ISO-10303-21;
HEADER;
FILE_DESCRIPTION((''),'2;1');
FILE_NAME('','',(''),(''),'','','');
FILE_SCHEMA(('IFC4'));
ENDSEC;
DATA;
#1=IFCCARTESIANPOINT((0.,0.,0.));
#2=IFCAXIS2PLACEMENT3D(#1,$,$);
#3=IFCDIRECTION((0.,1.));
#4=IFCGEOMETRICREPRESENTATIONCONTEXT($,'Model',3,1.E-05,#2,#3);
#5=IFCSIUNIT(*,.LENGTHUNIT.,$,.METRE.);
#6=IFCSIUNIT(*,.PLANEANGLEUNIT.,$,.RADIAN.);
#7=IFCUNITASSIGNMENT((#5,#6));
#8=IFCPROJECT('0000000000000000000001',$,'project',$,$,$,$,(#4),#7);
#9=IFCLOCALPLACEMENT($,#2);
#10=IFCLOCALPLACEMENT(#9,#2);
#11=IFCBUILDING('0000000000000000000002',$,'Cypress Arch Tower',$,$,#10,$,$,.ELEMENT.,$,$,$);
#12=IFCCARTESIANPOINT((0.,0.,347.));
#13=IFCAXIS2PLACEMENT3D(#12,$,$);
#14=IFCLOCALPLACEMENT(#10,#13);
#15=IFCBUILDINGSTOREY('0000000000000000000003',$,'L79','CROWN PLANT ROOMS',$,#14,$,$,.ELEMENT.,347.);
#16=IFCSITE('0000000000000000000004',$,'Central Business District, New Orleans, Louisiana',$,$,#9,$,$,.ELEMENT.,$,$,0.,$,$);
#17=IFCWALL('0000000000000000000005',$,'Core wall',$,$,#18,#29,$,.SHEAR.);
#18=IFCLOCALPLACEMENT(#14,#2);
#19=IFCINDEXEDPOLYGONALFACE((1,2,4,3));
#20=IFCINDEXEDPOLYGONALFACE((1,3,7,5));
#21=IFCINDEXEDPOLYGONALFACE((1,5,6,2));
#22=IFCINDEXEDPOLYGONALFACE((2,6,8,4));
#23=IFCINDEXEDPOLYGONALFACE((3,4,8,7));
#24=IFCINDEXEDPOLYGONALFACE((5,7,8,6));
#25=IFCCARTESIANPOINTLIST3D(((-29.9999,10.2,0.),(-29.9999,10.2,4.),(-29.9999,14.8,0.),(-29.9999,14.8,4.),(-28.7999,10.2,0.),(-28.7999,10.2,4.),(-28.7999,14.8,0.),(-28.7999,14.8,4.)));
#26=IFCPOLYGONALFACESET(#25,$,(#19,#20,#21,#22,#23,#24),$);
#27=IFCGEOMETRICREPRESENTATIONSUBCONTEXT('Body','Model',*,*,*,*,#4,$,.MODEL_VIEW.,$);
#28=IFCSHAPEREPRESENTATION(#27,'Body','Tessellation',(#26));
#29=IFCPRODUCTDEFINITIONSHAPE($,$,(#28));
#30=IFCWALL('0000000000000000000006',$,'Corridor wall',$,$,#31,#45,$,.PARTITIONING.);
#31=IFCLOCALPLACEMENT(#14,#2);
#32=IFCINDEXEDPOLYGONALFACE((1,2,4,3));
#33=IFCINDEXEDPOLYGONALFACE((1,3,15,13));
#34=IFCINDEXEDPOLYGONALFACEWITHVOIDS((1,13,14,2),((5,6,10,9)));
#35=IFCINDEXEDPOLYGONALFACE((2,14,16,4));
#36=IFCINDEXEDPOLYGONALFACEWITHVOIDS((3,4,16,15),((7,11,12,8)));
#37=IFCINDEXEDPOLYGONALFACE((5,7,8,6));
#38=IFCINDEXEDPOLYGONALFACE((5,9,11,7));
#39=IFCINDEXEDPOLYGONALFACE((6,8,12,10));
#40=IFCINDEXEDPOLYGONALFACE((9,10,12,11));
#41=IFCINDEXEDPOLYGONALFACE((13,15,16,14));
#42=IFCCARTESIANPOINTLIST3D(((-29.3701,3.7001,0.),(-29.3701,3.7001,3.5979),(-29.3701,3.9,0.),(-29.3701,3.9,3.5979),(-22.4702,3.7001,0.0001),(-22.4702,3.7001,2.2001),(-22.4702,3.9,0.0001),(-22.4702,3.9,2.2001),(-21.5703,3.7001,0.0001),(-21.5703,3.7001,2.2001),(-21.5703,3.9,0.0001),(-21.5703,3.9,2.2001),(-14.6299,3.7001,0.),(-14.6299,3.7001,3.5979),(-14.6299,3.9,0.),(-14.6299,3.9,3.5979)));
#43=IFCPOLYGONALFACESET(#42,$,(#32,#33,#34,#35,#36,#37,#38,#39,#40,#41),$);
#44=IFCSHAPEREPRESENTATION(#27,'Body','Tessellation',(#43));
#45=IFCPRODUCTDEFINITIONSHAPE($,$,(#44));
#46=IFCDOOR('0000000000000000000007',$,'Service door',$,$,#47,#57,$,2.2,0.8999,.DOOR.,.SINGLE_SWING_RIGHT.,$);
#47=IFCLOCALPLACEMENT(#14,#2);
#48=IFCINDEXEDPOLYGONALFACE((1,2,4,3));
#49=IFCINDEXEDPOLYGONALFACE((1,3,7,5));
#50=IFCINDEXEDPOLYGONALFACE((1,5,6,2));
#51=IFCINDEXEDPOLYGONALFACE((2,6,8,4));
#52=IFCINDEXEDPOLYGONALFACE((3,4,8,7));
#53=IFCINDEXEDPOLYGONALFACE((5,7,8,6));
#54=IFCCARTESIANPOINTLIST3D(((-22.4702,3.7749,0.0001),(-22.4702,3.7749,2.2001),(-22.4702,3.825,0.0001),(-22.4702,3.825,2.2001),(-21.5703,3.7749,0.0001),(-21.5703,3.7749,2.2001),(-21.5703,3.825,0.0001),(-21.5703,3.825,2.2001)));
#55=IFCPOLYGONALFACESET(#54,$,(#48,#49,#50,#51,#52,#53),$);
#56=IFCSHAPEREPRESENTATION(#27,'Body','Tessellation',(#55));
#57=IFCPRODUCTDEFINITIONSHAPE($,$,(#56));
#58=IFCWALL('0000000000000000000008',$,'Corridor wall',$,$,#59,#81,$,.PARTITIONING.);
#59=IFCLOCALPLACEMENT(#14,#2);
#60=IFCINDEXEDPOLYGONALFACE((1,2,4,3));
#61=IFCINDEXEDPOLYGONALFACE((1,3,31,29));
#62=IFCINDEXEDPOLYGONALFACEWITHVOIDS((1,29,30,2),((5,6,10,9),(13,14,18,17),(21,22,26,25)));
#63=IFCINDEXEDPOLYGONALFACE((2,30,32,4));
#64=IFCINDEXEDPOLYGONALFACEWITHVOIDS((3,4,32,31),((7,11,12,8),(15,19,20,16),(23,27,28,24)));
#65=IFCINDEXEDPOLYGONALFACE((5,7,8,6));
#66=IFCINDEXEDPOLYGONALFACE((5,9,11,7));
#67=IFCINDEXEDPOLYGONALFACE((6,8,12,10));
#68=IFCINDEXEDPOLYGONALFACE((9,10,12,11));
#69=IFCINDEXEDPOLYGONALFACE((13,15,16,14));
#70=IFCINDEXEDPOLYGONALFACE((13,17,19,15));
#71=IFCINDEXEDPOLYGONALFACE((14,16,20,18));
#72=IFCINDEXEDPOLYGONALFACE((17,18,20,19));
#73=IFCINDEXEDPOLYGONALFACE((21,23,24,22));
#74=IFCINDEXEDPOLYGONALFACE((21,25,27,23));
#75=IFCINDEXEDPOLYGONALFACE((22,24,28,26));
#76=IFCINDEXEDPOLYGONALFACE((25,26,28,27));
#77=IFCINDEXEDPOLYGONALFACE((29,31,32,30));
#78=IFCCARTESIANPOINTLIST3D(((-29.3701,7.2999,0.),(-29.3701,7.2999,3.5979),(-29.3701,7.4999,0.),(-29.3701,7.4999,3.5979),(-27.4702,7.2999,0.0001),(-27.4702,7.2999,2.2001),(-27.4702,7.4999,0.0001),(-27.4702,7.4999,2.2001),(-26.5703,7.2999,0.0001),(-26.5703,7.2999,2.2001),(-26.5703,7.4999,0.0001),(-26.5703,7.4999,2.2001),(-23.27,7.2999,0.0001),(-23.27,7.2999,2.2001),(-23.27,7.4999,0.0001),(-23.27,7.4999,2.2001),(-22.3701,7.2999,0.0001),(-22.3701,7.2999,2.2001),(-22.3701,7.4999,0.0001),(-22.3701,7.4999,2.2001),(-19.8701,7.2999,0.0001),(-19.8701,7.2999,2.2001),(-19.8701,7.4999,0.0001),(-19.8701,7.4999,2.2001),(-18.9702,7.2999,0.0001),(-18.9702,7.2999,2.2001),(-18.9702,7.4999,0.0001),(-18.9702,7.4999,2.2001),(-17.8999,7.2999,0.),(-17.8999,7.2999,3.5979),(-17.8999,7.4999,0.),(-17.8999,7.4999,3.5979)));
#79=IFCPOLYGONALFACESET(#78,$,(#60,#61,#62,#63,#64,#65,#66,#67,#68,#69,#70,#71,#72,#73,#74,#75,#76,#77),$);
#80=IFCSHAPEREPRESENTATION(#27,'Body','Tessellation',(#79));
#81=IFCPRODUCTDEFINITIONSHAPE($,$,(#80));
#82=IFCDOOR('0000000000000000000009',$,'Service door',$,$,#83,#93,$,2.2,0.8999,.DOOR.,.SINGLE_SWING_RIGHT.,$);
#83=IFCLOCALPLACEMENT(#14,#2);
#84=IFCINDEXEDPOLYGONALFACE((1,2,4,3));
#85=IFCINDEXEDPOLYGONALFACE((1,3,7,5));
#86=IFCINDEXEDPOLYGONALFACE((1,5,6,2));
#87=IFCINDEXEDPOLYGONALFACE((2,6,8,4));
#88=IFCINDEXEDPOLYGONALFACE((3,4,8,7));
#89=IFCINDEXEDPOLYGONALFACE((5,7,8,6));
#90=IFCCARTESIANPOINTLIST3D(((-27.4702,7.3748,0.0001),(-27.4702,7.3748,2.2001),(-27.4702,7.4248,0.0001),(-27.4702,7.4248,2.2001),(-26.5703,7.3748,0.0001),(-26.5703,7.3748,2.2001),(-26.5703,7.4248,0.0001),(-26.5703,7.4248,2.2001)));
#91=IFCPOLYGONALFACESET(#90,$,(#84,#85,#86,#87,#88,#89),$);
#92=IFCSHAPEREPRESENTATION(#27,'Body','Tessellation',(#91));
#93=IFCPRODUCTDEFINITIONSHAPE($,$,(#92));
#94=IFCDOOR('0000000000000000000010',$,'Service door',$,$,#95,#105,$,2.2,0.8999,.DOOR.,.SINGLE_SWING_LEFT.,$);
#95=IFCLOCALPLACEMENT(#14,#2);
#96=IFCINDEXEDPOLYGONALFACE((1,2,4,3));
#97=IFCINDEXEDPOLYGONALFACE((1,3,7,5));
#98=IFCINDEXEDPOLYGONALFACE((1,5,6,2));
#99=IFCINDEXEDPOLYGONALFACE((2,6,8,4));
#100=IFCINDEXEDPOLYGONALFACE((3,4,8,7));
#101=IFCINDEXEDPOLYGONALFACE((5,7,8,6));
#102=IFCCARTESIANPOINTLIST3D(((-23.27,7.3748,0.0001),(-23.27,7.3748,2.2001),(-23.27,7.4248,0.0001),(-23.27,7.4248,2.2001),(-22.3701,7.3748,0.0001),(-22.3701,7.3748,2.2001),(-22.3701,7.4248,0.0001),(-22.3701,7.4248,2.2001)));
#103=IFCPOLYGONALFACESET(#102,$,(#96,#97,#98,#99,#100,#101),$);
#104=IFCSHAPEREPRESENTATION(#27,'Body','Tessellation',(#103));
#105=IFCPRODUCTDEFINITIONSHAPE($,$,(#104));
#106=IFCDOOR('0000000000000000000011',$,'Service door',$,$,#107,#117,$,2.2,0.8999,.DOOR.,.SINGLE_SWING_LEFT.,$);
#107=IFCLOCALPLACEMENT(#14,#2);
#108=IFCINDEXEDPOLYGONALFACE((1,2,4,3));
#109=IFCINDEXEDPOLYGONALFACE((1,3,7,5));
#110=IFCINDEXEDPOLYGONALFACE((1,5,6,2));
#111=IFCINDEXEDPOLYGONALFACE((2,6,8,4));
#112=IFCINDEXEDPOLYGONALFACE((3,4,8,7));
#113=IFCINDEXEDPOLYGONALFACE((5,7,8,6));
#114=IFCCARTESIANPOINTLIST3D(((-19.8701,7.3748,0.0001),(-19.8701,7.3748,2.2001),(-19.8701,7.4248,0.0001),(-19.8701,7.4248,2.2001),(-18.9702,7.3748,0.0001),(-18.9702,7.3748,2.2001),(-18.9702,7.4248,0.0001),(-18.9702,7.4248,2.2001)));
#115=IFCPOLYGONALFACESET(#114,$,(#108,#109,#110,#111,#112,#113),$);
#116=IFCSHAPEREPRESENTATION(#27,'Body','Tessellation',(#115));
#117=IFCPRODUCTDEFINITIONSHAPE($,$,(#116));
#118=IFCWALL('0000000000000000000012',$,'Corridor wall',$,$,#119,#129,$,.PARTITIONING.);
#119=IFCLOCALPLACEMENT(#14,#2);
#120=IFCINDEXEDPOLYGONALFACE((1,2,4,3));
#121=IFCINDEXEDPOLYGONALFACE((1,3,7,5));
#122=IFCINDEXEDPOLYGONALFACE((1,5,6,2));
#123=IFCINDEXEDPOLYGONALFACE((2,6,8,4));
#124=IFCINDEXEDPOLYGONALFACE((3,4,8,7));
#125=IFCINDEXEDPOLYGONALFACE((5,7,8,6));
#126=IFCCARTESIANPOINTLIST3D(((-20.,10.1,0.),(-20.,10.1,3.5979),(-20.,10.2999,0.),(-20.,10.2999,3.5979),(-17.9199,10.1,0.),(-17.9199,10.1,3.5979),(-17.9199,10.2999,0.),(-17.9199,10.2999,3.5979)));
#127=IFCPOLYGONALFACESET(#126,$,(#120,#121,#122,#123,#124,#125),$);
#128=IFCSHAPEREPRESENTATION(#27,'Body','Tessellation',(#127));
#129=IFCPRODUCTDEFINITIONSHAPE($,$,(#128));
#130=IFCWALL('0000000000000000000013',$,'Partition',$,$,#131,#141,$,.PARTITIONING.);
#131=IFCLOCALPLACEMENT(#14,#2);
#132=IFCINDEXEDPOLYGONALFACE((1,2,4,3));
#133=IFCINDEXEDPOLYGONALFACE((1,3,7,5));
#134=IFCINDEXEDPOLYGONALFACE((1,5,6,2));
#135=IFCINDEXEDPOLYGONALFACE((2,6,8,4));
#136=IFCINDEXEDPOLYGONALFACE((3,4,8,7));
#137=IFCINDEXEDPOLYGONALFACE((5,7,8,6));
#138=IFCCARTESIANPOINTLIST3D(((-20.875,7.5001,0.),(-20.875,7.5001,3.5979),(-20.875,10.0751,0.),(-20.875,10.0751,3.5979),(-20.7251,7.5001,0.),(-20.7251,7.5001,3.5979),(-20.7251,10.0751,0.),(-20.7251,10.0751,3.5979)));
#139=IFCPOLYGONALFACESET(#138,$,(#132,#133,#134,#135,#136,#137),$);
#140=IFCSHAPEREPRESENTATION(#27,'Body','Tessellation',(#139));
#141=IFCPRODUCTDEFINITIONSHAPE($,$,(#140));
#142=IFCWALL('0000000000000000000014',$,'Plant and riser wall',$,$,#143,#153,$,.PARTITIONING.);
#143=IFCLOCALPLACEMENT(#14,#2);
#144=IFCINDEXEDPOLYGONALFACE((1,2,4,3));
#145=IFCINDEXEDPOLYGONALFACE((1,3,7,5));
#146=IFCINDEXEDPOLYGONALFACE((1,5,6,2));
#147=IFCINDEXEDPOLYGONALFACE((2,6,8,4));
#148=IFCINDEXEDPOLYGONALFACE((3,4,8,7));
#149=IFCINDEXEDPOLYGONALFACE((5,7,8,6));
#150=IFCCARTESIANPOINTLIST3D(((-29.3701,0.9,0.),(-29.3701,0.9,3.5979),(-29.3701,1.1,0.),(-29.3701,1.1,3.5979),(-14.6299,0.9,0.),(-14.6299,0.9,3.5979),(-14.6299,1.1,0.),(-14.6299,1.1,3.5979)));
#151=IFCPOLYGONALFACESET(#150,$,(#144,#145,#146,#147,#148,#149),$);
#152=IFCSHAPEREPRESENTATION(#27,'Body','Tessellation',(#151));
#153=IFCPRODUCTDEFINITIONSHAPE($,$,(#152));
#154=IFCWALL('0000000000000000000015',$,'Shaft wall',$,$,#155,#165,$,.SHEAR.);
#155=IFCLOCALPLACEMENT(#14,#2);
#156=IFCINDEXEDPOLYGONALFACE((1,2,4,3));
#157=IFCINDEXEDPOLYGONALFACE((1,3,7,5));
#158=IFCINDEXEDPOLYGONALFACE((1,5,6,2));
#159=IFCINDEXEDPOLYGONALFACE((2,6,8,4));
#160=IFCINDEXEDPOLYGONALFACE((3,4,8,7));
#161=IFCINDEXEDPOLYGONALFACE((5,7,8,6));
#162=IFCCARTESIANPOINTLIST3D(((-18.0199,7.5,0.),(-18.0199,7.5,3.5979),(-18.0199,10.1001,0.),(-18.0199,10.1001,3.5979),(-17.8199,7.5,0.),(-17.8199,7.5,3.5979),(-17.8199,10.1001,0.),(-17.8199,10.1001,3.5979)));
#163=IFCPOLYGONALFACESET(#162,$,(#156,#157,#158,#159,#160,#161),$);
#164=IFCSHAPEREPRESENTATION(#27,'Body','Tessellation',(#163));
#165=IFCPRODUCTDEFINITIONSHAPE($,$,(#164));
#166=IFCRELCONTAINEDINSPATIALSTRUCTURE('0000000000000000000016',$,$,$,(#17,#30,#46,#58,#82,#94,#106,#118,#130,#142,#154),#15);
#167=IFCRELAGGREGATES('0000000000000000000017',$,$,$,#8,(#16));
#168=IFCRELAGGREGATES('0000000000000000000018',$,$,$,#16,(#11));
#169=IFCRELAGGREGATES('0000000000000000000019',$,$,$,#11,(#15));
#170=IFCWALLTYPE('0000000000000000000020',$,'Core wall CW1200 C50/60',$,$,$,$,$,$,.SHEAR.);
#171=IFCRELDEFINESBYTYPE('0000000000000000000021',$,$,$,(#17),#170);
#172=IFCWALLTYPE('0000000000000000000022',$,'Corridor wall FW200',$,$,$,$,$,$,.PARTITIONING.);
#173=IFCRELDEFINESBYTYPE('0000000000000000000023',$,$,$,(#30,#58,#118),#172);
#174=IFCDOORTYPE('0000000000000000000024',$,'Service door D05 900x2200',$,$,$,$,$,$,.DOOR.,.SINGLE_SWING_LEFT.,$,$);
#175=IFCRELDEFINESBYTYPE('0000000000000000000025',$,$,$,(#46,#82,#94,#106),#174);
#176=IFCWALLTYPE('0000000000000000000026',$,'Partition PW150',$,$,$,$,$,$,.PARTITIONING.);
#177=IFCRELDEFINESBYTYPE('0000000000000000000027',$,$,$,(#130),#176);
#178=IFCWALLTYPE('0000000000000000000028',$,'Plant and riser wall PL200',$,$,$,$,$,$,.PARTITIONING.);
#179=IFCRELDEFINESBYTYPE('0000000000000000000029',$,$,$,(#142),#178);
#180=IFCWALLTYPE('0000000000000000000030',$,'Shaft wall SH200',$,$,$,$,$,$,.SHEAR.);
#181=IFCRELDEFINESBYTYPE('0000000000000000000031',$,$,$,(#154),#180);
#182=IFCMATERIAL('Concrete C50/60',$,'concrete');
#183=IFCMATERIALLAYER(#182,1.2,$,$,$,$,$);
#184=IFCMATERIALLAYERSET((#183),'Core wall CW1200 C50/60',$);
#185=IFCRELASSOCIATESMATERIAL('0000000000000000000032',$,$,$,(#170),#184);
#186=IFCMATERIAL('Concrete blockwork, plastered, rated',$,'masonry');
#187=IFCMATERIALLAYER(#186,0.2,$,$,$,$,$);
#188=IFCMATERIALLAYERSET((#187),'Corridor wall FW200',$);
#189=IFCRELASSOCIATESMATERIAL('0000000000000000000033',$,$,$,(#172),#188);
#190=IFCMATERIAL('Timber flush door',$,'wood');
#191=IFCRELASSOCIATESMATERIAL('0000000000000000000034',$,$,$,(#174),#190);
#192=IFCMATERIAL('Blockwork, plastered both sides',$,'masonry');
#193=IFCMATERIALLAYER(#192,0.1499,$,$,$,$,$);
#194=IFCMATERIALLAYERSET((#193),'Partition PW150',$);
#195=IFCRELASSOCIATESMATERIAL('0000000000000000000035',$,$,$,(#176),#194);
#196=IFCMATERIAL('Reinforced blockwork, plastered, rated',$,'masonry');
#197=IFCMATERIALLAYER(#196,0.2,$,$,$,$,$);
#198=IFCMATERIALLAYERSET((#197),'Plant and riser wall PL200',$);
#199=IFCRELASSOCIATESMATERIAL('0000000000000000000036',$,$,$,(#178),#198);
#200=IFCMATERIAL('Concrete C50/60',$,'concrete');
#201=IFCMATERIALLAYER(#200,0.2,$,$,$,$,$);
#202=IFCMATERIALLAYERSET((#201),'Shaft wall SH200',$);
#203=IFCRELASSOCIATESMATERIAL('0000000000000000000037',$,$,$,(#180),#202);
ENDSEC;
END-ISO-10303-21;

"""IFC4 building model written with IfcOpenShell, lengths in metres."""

from ifc_helpers import new_model, si_unit, direction, frame, frame_2d, origin, place, context, subcontext, project, spatial, rectangle, extrude, material, layer, layer_set, type_object, element, fill, save


model = new_model("IFC4")

# Units and contexts
model_context = context("Model", 3, precision=1e-05, world=origin(), true_north=direction((0.0, 1.0)))
body_context = subcontext(model_context, "Body", "Model", "MODEL_VIEW")
ifc_project = project(units=[si_unit("LENGTHUNIT", "METRE"), si_unit("PLANEANGLEUNIT", "RADIAN")], contexts=[model_context])

# Site, building, storey
site_placement = place(None, origin())
site = spatial("IfcSite", under=ifc_project, at=site_placement, Name="Central Business District, New Orleans, Louisiana", CompositionType="ELEMENT", RefElevation=0.0)
building_placement = place(site_placement, origin())
building = spatial("IfcBuilding", under=site, at=building_placement, Name="Cypress Arch Tower", CompositionType="ELEMENT")
storey_placement = place(building_placement, frame((0.0, 0.0, 347.0)))
storey = spatial("IfcBuildingStorey", under=building, at=storey_placement, Name="L79", Description="CROWN PLANT ROOMS", CompositionType="ELEMENT", Elevation=347.0)

# Wall
ifc_material_1 = material(Name="Concrete C50/60", Category="concrete")
ifc_layer_1 = layer(ifc_material_1, 1.2)
ifc_layer_set_1 = layer_set([ifc_layer_1], Name="Core wall CW1200 C50/60")
wall_type_1 = type_object("IfcWallType", Name="Core wall CW1200 C50/60", PredefinedType="SHEAR", material=ifc_layer_set_1)
wall_1_placement = place(storey_placement, frame((-29.3999, 10.2, 0.0), z_axis=(0.0, 0.0, 1.0), x_axis=(0.0, 1.0, 0.0)))
element("IfcWall", 1, at=wall_1_placement, inside=storey, type_object=wall_type_1, Name="Core wall", PredefinedType="SHEAR", context=body_context, shape_type="SweptSolid", body=[
    extrude(rectangle(XDim=4.6001, YDim=1.2, at=frame_2d((2.3, 0.0))), origin(), (0.0, 0.0, 1.0), 4.0),
])

# Wall, opening, door
ifc_material_2 = material(Name="Concrete blockwork, plastered, rated", Category="masonry")
ifc_layer_2 = layer(ifc_material_2, 0.2)
ifc_layer_set_2 = layer_set([ifc_layer_2], Name="Corridor wall FW200")
wall_type_2 = type_object("IfcWallType", Name="Corridor wall FW200", PredefinedType="PARTITIONING", material=ifc_layer_set_2)
wall_2_placement = place(storey_placement, frame((-29.3701, 3.8, 0.0), z_axis=(0.0, 0.0, 1.0), x_axis=(1.0, 0.0, 0.0)))
wall_2 = element("IfcWall", 2, at=wall_2_placement, inside=storey, type_object=wall_type_2, Name="Corridor wall", PredefinedType="PARTITIONING", context=body_context, shape_type="SweptSolid", body=[
    extrude(rectangle(XDim=14.7402, YDim=0.2, at=frame_2d((7.3701, 0.0))), origin(), (0.0, 0.0, 1.0), 3.5979),
])
opening_1_placement = place(wall_2_placement, frame((6.8999, 0.0, 0.0)))
opening_1 = element("IfcOpeningElement", 3, at=opening_1_placement, cuts=wall_2, PredefinedType="OPENING", context=body_context, shape_type="SweptSolid", body=[
    extrude(rectangle(XDim=0.8999, YDim=2.2, at=frame_2d((0.45, 1.1001))), frame((0.0, 0.1099, 0.0), z_axis=(0.0, -1.0, 0.0), x_axis=(1.0, 0.0, 0.0)), (0.0, 0.0, 1.0), 0.22),
])
ifc_material_3 = material(Name="Timber flush door", Category="wood")
door_type_1 = type_object("IfcDoorType", Name="Service door D05 900x2200", OperationType="SINGLE_SWING_LEFT", PredefinedType="DOOR", material=ifc_material_3)
door_1_placement = place(opening_1_placement, origin())
door_1 = element("IfcDoor", 4, at=door_1_placement, inside=storey, type_object=door_type_1, Name="Service door", OperationType="SINGLE_SWING_RIGHT", OverallHeight=2.2, OverallWidth=0.8999, PredefinedType="DOOR", context=body_context, shape_type="SweptSolid", body=[
    extrude(rectangle(XDim=0.8999, YDim=2.2, at=frame_2d((0.45, 1.1001))), frame((0.0, 0.0249, 0.0), z_axis=(0.0, -1.0, 0.0), x_axis=(1.0, 0.0, 0.0)), (0.0, 0.0, 1.0), 0.05),
])
fill(opening_1, door_1)

# Wall, openings, doors
wall_3_placement = place(storey_placement, frame((-29.3701, 7.3999, 0.0), z_axis=(0.0, 0.0, 1.0), x_axis=(1.0, 0.0, 0.0)))
wall_3 = element("IfcWall", 5, at=wall_3_placement, inside=storey, type_object=wall_type_2, Name="Corridor wall", PredefinedType="PARTITIONING", context=body_context, shape_type="SweptSolid", body=[
    extrude(rectangle(XDim=11.4702, YDim=0.2, at=frame_2d((5.7351, 0.0))), origin(), (0.0, 0.0, 1.0), 3.5979),
])
opening_2_placement = place(wall_3_placement, frame((1.8999, 0.0, 0.0)))
opening_2 = element("IfcOpeningElement", 6, at=opening_2_placement, cuts=wall_3, PredefinedType="OPENING", context=body_context, shape_type="SweptSolid", body=[
    extrude(rectangle(XDim=0.8999, YDim=2.2, at=frame_2d((0.45, 1.1001))), frame((0.0, 0.1099, 0.0), z_axis=(0.0, -1.0, 0.0), x_axis=(1.0, 0.0, 0.0)), (0.0, 0.0, 1.0), 0.22),
])
opening_3_placement = place(wall_3_placement, frame((6.1001, 0.0, 0.0)))
opening_3 = element("IfcOpeningElement", 7, at=opening_3_placement, cuts=wall_3, PredefinedType="OPENING", context=body_context, shape_type="SweptSolid", body=[
    extrude(rectangle(XDim=0.8999, YDim=2.2, at=frame_2d((0.45, 1.1001))), frame((0.0, 0.1099, 0.0), z_axis=(0.0, -1.0, 0.0), x_axis=(1.0, 0.0, 0.0)), (0.0, 0.0, 1.0), 0.22),
])
opening_4_placement = place(wall_3_placement, frame((9.5, 0.0, 0.0)))
opening_4 = element("IfcOpeningElement", 8, at=opening_4_placement, cuts=wall_3, PredefinedType="OPENING", context=body_context, shape_type="SweptSolid", body=[
    extrude(rectangle(XDim=0.8999, YDim=2.2, at=frame_2d((0.45, 1.1001))), frame((0.0, 0.1099, 0.0), z_axis=(0.0, -1.0, 0.0), x_axis=(1.0, 0.0, 0.0)), (0.0, 0.0, 1.0), 0.22),
])
door_2_placement = place(opening_2_placement, origin())
door_2 = element("IfcDoor", 9, at=door_2_placement, inside=storey, type_object=door_type_1, Name="Service door", OperationType="SINGLE_SWING_RIGHT", OverallHeight=2.2, OverallWidth=0.8999, PredefinedType="DOOR", context=body_context, shape_type="SweptSolid", body=[
    extrude(rectangle(XDim=0.8999, YDim=2.2, at=frame_2d((0.45, 1.1001))), frame((0.0, 0.0249, 0.0), z_axis=(0.0, -1.0, 0.0), x_axis=(1.0, 0.0, 0.0)), (0.0, 0.0, 1.0), 0.05),
])
fill(opening_2, door_2)
door_3_placement = place(opening_3_placement, origin())
door_3 = element("IfcDoor", 10, at=door_3_placement, inside=storey, type_object=door_type_1, Name="Service door", OperationType="SINGLE_SWING_LEFT", OverallHeight=2.2, OverallWidth=0.8999, PredefinedType="DOOR", context=body_context, shape_type="SweptSolid", body=[
    extrude(rectangle(XDim=0.8999, YDim=2.2, at=frame_2d((0.45, 1.1001))), frame((0.0, 0.0249, 0.0), z_axis=(0.0, -1.0, 0.0), x_axis=(1.0, 0.0, 0.0)), (0.0, 0.0, 1.0), 0.05),
])
fill(opening_3, door_3)
door_4_placement = place(opening_4_placement, origin())
door_4 = element("IfcDoor", 11, at=door_4_placement, inside=storey, type_object=door_type_1, Name="Service door", OperationType="SINGLE_SWING_LEFT", OverallHeight=2.2, OverallWidth=0.8999, PredefinedType="DOOR", context=body_context, shape_type="SweptSolid", body=[
    extrude(rectangle(XDim=0.8999, YDim=2.2, at=frame_2d((0.45, 1.1001))), frame((0.0, 0.0249, 0.0), z_axis=(0.0, -1.0, 0.0), x_axis=(1.0, 0.0, 0.0)), (0.0, 0.0, 1.0), 0.05),
])
fill(opening_4, door_4)

# Walls
wall_4_placement = place(storey_placement, frame((-20.0, 10.2, 0.0), z_axis=(0.0, 0.0, 1.0), x_axis=(1.0, 0.0, 0.0)))
element("IfcWall", 12, at=wall_4_placement, inside=storey, type_object=wall_type_2, Name="Corridor wall", PredefinedType="PARTITIONING", context=body_context, shape_type="SweptSolid", body=[
    extrude(rectangle(XDim=2.0801, YDim=0.2, at=frame_2d((1.04, 0.0))), origin(), (0.0, 0.0, 1.0), 3.5979),
])
ifc_material_4 = material(Name="Blockwork, plastered both sides", Category="masonry")
ifc_layer_3 = layer(ifc_material_4, 0.1499)
ifc_layer_set_3 = layer_set([ifc_layer_3], Name="Partition PW150")
wall_type_3 = type_object("IfcWallType", Name="Partition PW150", PredefinedType="PARTITIONING", material=ifc_layer_set_3)
wall_5_placement = place(storey_placement, frame((-20.8, 7.5, 0.0), z_axis=(0.0, 0.0, 1.0), x_axis=(0.0, 1.0, 0.0)))
element("IfcWall", 13, at=wall_5_placement, inside=storey, type_object=wall_type_3, Name="Partition", PredefinedType="PARTITIONING", context=body_context, shape_type="SweptSolid", body=[
    extrude(rectangle(XDim=2.575, YDim=0.1499, at=frame_2d((1.2876, 0.0))), origin(), (0.0, 0.0, 1.0), 3.5979),
])
ifc_material_5 = material(Name="Reinforced blockwork, plastered, rated", Category="masonry")
ifc_layer_4 = layer(ifc_material_5, 0.2)
ifc_layer_set_4 = layer_set([ifc_layer_4], Name="Plant and riser wall PL200")
wall_type_4 = type_object("IfcWallType", Name="Plant and riser wall PL200", PredefinedType="PARTITIONING", material=ifc_layer_set_4)
wall_6_placement = place(storey_placement, frame((-29.3701, 1.0, 0.0), z_axis=(0.0, 0.0, 1.0), x_axis=(1.0, 0.0, 0.0)))
element("IfcWall", 14, at=wall_6_placement, inside=storey, type_object=wall_type_4, Name="Plant and riser wall", PredefinedType="PARTITIONING", context=body_context, shape_type="SweptSolid", body=[
    extrude(rectangle(XDim=14.7402, YDim=0.2, at=frame_2d((7.3701, 0.0))), origin(), (0.0, 0.0, 1.0), 3.5979),
])
ifc_material_6 = material(Name="Concrete C50/60", Category="concrete")
ifc_layer_5 = layer(ifc_material_6, 0.2)
ifc_layer_set_5 = layer_set([ifc_layer_5], Name="Shaft wall SH200")
wall_type_5 = type_object("IfcWallType", Name="Shaft wall SH200", PredefinedType="SHEAR", material=ifc_layer_set_5)
wall_7_placement = place(storey_placement, frame((-17.9199, 7.5, 0.0), z_axis=(0.0, 0.0, 1.0), x_axis=(0.0, 1.0, 0.0)))
element("IfcWall", 15, at=wall_7_placement, inside=storey, type_object=wall_type_5, Name="Shaft wall", PredefinedType="SHEAR", context=body_context, shape_type="SweptSolid", body=[
    extrude(rectangle(XDim=2.6001, YDim=0.2, at=frame_2d((1.3, 0.0))), origin(), (0.0, 0.0, 1.0), 3.5979),
])

save(model, "model.ifc")
